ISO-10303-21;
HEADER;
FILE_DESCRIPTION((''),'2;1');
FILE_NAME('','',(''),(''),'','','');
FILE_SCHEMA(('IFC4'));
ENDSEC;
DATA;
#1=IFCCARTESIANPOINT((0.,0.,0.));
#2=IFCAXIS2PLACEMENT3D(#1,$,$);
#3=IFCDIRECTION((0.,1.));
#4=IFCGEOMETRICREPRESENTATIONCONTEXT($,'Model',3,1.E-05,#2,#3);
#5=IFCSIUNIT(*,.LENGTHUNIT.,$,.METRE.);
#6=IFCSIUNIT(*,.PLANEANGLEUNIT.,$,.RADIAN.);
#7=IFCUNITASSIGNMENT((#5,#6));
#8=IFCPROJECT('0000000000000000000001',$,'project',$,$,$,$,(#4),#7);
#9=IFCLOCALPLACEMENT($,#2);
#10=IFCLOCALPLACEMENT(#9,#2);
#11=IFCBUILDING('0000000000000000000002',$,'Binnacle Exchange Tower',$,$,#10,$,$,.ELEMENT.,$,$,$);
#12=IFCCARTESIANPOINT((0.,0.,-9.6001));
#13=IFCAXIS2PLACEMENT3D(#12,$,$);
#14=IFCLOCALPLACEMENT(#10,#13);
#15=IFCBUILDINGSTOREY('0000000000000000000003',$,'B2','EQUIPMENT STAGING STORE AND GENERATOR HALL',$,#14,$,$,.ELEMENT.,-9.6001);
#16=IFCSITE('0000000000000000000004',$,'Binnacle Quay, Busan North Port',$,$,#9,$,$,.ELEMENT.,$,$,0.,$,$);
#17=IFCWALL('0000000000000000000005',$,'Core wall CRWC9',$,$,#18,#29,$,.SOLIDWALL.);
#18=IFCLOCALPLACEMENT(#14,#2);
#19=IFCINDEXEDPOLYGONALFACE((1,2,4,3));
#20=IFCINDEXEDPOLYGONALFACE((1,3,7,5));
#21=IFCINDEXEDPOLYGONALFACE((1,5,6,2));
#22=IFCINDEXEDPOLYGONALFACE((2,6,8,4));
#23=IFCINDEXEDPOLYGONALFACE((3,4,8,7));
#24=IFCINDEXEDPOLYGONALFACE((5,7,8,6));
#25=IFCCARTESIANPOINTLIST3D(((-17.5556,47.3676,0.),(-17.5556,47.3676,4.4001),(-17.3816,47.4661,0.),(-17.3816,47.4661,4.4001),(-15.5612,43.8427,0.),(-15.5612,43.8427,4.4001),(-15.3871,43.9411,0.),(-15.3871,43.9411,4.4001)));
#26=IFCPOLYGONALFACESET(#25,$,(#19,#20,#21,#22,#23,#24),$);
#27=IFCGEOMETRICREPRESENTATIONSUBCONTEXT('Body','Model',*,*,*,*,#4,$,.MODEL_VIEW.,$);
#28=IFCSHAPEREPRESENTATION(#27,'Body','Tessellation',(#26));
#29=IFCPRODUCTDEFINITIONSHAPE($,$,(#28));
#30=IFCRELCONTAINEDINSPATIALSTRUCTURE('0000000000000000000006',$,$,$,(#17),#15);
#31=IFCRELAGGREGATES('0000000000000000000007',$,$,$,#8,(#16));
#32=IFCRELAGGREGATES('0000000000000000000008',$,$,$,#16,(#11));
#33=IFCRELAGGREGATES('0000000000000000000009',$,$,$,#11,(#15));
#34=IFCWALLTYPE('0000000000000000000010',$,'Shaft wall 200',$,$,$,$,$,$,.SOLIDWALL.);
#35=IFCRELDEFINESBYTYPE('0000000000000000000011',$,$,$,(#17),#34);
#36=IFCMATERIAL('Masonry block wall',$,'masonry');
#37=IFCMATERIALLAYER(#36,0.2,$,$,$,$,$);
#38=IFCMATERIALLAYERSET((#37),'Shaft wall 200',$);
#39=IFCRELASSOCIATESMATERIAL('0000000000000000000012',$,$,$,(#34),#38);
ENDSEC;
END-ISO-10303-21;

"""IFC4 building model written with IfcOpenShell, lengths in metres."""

from ifc_helpers import new_model, si_unit, direction, frame, frame_2d, origin, place, context, subcontext, project, spatial, rectangle, extrude, material, layer, layer_set, type_object, element, save


model = new_model("IFC4")

# Units and contexts
model_context = context("Model", 3, precision=1e-05, world=origin(), true_north=direction((0.0, 1.0)))
body_context = subcontext(model_context, "Body", "Model", "MODEL_VIEW")
ifc_project = project(units=[si_unit("LENGTHUNIT", "METRE"), si_unit("PLANEANGLEUNIT", "RADIAN")], contexts=[model_context])

# Site, building, storey
site_placement = place(None, origin())
site = spatial("IfcSite", under=ifc_project, at=site_placement, Name="Binnacle Quay, Busan North Port", CompositionType="ELEMENT", RefElevation=0.0)
building_placement = place(site_placement, origin())
building = spatial("IfcBuilding", under=site, at=building_placement, Name="Binnacle Exchange Tower", CompositionType="ELEMENT")
storey_placement = place(building_placement, frame((0.0, 0.0, -9.6001)))
storey = spatial("IfcBuildingStorey", under=building, at=storey_placement, Name="B2", Description="EQUIPMENT STAGING STORE AND GENERATOR HALL", CompositionType="ELEMENT", Elevation=-9.6001)

# Wall
ifc_material_1 = material(Name="Masonry block wall", Category="masonry")
ifc_layer_1 = layer(ifc_material_1, 0.2)
ifc_layer_set_1 = layer_set([ifc_layer_1], Name="Shaft wall 200")
wall_type_1 = type_object("IfcWallType", Name="Shaft wall 200", PredefinedType="SOLIDWALL", material=ifc_layer_set_1)
wall_1_placement = place(storey_placement, frame((-17.4685, 47.4167, 0.0), z_axis=(0.0, 0.0, 1.0), x_axis=(0.492441, -0.870346, 0.0)))
element("IfcWall", 1, at=wall_1_placement, inside=storey, type_object=wall_type_1, Name="Core wall CRWC9", PredefinedType="SOLIDWALL", context=body_context, shape_type="SweptSolid", body=[
    extrude(rectangle(XDim=4.05, YDim=0.2, at=frame_2d((2.0249, 0.0))), origin(), (0.0, 0.0, 1.0), 4.4001),
])

save(model, "model.ifc")
